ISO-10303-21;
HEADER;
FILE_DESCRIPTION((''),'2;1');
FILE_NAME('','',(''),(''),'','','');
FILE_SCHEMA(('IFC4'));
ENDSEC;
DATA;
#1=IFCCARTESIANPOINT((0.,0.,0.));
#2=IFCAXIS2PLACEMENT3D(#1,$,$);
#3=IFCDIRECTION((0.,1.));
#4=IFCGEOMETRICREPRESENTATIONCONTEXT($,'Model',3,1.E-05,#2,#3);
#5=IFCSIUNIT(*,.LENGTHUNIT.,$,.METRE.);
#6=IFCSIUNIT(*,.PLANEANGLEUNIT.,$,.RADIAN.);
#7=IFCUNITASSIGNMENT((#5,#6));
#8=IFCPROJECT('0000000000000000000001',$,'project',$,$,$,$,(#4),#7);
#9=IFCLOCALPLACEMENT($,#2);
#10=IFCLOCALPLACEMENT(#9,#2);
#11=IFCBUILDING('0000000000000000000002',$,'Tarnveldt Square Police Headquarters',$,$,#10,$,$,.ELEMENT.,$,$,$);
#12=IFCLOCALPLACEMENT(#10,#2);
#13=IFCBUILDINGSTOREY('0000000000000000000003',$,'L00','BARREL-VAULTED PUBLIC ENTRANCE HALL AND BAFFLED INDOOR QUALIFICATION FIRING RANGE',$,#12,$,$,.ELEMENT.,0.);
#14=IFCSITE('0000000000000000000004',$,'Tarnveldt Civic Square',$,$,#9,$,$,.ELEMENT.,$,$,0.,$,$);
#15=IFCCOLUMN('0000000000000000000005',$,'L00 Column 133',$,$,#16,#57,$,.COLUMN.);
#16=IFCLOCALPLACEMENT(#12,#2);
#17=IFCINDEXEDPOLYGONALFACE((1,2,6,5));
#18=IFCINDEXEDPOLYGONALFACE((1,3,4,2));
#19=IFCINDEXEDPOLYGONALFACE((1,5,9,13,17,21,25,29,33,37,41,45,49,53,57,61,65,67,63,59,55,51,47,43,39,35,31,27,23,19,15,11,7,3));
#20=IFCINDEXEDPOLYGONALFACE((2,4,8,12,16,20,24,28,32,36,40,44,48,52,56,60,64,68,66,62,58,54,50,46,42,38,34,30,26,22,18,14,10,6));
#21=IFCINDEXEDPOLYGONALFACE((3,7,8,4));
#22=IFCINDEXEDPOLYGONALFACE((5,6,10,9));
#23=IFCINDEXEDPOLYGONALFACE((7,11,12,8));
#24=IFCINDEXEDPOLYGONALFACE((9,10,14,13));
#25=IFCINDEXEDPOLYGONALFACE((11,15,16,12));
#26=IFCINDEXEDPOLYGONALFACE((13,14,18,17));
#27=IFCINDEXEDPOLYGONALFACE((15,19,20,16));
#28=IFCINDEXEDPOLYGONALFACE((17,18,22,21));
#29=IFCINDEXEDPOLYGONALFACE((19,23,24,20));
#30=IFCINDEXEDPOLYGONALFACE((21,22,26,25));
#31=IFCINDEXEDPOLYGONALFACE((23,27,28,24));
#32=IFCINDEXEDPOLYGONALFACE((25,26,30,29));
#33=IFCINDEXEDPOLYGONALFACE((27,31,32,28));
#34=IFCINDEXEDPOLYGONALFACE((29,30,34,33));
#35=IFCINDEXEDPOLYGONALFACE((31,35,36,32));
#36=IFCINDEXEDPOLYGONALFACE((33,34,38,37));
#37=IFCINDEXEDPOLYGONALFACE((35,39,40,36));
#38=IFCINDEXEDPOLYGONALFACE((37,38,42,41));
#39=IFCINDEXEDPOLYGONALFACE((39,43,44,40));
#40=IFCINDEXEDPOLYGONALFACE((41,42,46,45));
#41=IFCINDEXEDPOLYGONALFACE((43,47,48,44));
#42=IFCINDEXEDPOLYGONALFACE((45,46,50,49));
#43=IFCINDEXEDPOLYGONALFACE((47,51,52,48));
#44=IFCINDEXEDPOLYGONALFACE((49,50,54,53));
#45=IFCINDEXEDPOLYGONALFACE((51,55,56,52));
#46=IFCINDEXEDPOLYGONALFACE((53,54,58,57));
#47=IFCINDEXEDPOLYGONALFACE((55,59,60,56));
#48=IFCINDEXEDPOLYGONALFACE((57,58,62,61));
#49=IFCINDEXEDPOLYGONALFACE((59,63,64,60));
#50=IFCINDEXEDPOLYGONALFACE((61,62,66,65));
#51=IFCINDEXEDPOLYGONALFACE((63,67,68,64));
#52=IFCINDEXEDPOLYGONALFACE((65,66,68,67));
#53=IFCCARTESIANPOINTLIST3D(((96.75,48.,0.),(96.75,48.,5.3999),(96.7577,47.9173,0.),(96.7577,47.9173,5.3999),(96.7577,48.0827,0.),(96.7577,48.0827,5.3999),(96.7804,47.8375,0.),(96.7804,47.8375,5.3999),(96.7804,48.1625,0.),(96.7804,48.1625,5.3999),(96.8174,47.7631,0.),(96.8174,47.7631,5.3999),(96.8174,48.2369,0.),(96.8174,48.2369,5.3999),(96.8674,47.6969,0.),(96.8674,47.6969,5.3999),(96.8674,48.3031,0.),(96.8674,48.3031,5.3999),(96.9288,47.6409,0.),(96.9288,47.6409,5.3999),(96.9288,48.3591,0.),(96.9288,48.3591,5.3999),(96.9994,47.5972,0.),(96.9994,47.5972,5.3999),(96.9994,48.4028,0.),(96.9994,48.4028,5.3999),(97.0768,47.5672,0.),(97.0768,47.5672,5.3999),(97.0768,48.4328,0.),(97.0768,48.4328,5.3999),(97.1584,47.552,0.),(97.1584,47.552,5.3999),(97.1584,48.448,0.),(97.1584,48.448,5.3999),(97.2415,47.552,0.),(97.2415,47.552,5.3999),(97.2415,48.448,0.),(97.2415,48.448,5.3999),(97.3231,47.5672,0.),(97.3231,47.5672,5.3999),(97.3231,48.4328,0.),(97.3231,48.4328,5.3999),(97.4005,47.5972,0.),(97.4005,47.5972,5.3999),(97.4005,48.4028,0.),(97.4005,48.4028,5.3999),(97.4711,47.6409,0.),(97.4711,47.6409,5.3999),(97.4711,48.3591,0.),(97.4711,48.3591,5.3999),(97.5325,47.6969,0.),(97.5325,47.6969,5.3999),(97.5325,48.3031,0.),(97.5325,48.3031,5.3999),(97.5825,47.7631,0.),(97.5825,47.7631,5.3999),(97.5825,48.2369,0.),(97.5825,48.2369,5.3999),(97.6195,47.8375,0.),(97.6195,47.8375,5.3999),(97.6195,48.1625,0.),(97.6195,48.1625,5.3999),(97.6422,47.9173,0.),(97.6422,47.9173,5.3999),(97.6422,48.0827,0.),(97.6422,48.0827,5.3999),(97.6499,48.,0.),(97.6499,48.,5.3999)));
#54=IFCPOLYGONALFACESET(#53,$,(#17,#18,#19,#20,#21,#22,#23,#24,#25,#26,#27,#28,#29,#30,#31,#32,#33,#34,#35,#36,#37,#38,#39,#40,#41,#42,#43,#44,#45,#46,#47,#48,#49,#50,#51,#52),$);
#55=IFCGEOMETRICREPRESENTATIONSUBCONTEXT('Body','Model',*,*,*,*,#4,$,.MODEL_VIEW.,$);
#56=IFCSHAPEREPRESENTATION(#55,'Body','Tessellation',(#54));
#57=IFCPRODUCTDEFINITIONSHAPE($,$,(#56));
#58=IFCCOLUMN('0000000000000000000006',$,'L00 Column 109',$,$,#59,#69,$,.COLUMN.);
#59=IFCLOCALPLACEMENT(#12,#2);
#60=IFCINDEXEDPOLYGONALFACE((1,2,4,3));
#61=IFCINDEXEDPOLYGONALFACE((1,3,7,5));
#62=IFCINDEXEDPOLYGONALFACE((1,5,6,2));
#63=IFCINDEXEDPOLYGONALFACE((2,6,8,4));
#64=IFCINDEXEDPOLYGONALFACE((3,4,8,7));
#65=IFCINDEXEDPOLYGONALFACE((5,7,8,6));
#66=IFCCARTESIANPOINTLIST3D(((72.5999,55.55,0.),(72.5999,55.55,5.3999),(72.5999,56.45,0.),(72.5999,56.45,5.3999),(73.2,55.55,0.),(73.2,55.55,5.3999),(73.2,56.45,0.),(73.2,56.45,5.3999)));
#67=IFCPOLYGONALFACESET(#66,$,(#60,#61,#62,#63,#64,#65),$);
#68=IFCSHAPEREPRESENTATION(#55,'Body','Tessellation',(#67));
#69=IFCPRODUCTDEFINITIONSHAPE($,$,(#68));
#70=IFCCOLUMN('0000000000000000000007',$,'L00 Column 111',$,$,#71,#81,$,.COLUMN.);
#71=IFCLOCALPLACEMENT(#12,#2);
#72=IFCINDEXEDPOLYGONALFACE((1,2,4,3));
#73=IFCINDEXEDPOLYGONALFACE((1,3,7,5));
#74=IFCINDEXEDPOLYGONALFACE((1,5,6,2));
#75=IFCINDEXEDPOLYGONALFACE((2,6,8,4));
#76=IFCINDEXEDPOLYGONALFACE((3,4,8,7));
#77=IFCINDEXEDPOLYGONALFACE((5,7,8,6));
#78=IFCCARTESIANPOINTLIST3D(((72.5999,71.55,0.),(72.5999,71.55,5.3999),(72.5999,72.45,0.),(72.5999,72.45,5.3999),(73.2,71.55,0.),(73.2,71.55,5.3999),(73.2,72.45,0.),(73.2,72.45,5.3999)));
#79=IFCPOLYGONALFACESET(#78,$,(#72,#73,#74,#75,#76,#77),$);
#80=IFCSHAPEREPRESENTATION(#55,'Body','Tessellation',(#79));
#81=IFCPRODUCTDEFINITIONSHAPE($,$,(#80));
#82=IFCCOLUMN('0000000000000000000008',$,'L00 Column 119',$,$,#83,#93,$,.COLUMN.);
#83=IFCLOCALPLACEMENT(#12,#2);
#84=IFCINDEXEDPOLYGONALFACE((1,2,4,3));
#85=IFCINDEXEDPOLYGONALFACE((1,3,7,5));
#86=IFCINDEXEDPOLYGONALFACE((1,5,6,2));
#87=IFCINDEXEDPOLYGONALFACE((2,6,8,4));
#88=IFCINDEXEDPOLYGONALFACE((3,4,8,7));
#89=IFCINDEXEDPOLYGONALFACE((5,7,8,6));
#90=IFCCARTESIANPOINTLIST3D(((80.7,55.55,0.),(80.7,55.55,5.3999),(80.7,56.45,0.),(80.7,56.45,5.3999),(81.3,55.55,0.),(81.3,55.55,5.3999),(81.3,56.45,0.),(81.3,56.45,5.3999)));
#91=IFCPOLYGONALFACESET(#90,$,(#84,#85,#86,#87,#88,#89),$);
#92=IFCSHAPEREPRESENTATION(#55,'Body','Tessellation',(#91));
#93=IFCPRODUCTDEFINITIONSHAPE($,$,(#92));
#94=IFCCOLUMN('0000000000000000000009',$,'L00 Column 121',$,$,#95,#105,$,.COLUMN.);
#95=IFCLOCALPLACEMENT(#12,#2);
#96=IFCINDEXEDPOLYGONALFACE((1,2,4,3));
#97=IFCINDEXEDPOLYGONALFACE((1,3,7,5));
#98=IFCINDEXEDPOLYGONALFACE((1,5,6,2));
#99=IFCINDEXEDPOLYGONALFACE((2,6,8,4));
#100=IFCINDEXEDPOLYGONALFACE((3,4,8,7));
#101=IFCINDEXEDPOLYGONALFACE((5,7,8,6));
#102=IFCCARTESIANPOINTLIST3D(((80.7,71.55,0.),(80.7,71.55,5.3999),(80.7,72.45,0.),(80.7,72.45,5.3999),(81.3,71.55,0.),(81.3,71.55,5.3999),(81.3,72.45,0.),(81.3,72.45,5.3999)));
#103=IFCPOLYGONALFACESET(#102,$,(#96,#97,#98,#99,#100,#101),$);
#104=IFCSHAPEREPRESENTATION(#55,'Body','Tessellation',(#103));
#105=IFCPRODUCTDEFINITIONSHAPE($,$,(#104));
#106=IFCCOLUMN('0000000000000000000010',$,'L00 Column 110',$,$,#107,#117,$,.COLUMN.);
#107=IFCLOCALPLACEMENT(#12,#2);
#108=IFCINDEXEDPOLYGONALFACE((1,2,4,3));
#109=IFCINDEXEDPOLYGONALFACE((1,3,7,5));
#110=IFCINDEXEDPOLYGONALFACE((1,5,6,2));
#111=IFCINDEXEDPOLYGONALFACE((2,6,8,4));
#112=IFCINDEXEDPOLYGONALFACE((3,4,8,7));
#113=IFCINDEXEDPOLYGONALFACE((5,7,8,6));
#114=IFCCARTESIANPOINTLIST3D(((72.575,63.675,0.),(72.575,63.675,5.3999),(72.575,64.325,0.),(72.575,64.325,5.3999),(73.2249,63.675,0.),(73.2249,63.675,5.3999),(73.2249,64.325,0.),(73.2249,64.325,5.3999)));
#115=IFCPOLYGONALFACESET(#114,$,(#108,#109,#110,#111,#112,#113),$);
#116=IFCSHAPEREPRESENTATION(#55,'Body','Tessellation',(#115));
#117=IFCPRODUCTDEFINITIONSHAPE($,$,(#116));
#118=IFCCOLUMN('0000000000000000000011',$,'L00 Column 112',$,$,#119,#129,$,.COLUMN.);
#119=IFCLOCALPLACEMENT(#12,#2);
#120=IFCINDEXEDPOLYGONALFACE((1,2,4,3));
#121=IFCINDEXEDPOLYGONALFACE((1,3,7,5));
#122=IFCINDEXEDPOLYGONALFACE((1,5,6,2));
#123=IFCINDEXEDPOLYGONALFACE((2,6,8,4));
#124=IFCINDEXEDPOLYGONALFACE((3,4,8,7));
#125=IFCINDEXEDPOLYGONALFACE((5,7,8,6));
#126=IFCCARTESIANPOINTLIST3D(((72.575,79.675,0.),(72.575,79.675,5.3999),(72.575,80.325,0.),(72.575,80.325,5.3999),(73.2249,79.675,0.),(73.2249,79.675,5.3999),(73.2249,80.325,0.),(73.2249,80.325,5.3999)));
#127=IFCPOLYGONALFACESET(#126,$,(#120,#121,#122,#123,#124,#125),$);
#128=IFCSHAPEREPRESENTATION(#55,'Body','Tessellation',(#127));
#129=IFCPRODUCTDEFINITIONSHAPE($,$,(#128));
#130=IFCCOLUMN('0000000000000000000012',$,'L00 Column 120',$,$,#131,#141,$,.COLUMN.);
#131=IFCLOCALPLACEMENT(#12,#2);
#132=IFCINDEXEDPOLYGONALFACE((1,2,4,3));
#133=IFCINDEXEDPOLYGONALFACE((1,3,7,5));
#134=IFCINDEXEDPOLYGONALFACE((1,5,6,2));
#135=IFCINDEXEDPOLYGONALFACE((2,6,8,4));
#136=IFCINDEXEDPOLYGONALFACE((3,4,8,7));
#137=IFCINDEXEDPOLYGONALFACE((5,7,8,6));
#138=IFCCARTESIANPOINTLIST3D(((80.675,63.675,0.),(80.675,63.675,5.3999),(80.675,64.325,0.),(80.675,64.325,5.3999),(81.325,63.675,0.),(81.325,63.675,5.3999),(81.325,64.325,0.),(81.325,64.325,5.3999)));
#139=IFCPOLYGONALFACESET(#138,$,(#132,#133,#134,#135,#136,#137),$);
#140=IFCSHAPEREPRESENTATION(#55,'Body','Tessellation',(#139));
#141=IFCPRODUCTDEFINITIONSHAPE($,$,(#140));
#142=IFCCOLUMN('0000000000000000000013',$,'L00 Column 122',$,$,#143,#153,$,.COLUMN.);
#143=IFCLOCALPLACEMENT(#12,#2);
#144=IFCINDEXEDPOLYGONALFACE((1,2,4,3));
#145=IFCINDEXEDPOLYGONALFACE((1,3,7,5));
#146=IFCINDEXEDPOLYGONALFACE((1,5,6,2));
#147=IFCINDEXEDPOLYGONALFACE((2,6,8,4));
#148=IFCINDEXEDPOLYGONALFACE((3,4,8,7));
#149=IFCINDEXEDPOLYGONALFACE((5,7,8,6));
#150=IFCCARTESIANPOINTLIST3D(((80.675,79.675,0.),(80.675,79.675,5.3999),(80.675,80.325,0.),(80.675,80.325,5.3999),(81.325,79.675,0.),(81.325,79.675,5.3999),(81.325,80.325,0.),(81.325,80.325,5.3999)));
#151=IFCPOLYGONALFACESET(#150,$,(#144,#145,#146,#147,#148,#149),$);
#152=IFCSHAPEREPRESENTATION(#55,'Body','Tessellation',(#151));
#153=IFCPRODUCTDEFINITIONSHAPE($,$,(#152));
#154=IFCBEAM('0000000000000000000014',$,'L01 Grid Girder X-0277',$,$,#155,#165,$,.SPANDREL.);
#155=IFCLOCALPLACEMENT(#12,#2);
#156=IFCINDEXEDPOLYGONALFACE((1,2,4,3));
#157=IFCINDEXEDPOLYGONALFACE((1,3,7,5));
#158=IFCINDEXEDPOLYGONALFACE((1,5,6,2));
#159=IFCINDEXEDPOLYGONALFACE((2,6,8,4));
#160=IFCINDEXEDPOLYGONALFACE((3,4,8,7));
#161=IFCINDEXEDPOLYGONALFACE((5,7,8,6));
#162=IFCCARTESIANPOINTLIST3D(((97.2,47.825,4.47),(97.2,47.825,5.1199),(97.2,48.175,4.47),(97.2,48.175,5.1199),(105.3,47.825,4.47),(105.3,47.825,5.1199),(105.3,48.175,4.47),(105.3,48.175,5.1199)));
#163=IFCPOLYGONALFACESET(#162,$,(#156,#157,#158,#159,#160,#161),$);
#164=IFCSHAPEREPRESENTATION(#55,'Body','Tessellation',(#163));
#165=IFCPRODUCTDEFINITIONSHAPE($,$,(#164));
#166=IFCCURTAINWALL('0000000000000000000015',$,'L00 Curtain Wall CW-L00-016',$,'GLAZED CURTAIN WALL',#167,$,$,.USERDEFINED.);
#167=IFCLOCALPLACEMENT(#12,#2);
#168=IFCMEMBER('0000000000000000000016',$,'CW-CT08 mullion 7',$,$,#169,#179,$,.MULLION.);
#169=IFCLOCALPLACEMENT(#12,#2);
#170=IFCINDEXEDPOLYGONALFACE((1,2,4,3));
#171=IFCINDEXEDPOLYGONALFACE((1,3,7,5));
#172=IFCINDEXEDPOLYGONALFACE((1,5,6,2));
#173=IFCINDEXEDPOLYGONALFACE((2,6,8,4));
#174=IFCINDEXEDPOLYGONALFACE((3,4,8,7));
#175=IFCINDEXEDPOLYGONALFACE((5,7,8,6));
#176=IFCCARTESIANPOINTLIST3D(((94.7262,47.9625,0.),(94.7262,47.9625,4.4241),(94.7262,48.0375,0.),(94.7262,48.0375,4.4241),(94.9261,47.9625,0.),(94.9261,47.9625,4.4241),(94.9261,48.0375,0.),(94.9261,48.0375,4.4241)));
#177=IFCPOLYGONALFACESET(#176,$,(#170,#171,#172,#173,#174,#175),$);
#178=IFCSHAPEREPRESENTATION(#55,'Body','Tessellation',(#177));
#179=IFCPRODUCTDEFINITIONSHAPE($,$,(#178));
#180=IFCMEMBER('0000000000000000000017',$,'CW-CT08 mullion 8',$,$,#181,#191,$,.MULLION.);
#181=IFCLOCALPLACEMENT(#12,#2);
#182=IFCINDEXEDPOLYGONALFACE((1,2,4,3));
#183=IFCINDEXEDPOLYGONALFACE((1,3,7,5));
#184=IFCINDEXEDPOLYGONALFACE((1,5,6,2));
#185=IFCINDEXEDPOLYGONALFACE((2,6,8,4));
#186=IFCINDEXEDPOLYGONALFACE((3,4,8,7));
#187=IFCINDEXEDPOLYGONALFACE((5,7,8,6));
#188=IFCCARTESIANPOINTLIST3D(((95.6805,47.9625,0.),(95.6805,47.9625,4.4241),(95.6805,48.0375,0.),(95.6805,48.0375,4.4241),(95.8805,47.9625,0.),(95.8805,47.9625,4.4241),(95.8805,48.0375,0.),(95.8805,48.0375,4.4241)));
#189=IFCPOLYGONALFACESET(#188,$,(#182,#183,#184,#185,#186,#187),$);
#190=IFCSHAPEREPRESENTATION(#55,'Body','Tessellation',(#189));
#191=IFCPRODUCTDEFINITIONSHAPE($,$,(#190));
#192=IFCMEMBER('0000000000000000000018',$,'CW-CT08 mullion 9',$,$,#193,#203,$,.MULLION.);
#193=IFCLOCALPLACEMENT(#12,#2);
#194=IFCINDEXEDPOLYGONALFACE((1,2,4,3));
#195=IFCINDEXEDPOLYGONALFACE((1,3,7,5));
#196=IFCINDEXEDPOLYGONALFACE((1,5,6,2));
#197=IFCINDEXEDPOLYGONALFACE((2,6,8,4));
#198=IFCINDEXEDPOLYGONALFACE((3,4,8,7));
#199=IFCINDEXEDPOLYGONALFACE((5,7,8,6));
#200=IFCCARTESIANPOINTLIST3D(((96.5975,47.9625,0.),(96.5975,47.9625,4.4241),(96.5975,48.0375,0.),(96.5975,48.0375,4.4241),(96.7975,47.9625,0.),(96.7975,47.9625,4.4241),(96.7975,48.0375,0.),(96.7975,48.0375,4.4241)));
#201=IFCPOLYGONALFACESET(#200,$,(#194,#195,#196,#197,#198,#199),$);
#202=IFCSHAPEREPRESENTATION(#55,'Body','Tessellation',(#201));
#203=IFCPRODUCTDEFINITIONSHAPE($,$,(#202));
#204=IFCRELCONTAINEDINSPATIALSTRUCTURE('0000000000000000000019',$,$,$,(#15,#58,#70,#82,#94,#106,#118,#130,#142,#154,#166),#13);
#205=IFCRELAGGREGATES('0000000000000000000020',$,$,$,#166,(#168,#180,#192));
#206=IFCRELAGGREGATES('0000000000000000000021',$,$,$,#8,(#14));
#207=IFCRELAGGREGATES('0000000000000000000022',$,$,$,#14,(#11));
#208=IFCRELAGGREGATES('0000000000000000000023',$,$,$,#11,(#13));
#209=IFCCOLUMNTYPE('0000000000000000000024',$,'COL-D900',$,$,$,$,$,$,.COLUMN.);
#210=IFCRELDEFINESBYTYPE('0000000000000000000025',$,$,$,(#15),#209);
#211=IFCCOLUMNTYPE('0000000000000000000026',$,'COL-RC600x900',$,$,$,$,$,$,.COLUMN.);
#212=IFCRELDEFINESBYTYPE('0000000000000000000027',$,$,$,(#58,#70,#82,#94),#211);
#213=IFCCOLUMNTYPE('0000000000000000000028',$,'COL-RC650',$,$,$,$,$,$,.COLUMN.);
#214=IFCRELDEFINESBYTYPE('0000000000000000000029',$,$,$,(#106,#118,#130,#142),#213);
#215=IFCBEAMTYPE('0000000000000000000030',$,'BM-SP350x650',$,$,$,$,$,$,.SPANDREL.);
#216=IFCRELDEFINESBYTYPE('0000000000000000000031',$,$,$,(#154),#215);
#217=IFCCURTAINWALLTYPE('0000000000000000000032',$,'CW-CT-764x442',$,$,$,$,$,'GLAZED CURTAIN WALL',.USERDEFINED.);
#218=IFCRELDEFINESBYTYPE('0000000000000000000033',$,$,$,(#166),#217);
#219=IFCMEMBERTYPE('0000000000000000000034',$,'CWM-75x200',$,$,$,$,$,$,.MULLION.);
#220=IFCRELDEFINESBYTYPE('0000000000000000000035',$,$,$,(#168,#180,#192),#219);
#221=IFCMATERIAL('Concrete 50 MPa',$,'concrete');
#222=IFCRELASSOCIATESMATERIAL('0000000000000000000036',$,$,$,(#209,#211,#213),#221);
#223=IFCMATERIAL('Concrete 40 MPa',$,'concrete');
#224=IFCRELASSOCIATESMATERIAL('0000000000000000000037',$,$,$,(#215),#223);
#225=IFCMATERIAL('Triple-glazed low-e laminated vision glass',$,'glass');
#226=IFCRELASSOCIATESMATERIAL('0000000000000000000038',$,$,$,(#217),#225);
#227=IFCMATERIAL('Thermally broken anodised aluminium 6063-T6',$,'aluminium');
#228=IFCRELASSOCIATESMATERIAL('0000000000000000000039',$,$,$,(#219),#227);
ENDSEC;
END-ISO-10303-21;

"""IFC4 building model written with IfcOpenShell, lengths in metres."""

from ifc_helpers import new_model, si_unit, direction, frame, origin, origin_2d, place, context, subcontext, project, spatial, rectangle, circle, extrude, material, material_profile, profile_set, type_object, element, aggregate, save


model = new_model("IFC4")

# Units and contexts
model_context = context("Model", 3, precision=1e-05, world=origin(), true_north=direction((0.0, 1.0)))
body_context = subcontext(model_context, "Body", "Model", "MODEL_VIEW")
ifc_project = project(units=[si_unit("LENGTHUNIT", "METRE"), si_unit("PLANEANGLEUNIT", "RADIAN")], contexts=[model_context])

# Site, building, storey
site_placement = place(None, origin())
site = spatial("IfcSite", under=ifc_project, at=site_placement, Name="Tarnveldt Civic Square", CompositionType="ELEMENT", RefElevation=0.0)
building_placement = place(site_placement, origin())
building = spatial("IfcBuilding", under=site, at=building_placement, Name="Tarnveldt Square Police Headquarters", CompositionType="ELEMENT")
storey_placement = place(building_placement, origin())
storey = spatial("IfcBuildingStorey", under=building, at=storey_placement, Name="L00", Description="BARREL-VAULTED PUBLIC ENTRANCE HALL AND BAFFLED INDOOR QUALIFICATION FIRING RANGE", CompositionType="ELEMENT", Elevation=0.0)

# Columns
ifc_material_1 = material(Name="Concrete 50 MPa", Category="concrete")
ifc_material_profile_1 = material_profile(ifc_material_1, circle(Radius=0.45, at=origin_2d()), Name="RC-D900")
ifc_profile_set_1 = profile_set([ifc_material_profile_1], Name="Concrete 50 MPa")
column_type_1 = type_object("IfcColumnType", Name="COL-D900", PredefinedType="COLUMN", material=ifc_profile_set_1)
column_placement = place(storey_placement, frame((97.2, 48.0, 0.0), z_axis=(0.0, 0.0, 1.0), x_axis=(1.0, 0.0, 0.0)))
element("IfcColumn", 1, at=column_placement, inside=storey, type_object=column_type_1, Name="L00 Column 133", PredefinedType="COLUMN", context=body_context, shape_type="SweptSolid", body=[
    extrude(circle(Radius=0.45, at=origin_2d()), origin(), (0.0, 0.0, 1.0), 5.3999),
])
ifc_material_profile_2 = material_profile(ifc_material_1, rectangle(XDim=0.6001, YDim=0.8999, at=origin_2d()), Name="RC-C600x900")
ifc_profile_set_2 = profile_set([ifc_material_profile_2], Name="Concrete 50 MPa")
column_type_2 = type_object("IfcColumnType", Name="COL-RC600x900", PredefinedType="COLUMN", material=ifc_profile_set_2)
for number, where, z_axis, x_axis, name in (
    (2, (72.8999, 56.0, 0.0), (0.0, 0.0, 1.0), (1.0, 0.0, 0.0), "L00 Column 109"),
    (3, (72.8999, 72.0, 0.0), (0.0, 0.0, 1.0), (1.0, 0.0, 0.0), "L00 Column 111"),
    (4, (81.0, 56.0, 0.0), (0.0, 0.0, 1.0), (1.0, 0.0, 0.0), "L00 Column 119"),
    (5, (81.0, 72.0, 0.0), (0.0, 0.0, 1.0), (1.0, 0.0, 0.0), "L00 Column 121"),
):
    element("IfcColumn", number, at=place(storey_placement, frame(where, z_axis=z_axis, x_axis=x_axis)), inside=storey, type_object=column_type_2, Name=name, PredefinedType="COLUMN", context=body_context, shape_type="SweptSolid", body=[
        extrude(rectangle(XDim=0.6001, YDim=0.8999, at=origin_2d()), origin(), (0.0, 0.0, 1.0), 5.3999),
    ])
ifc_material_profile_3 = material_profile(ifc_material_1, rectangle(XDim=0.6499, YDim=0.6499, at=origin_2d()), Name="RC-C650x650")
ifc_profile_set_3 = profile_set([ifc_material_profile_3], Name="Concrete 50 MPa")
column_type_3 = type_object("IfcColumnType", Name="COL-RC650", PredefinedType="COLUMN", material=ifc_profile_set_3)
for number, where, z_axis, x_axis, name in (
    (6, (72.8999, 64.0, 0.0), (0.0, 0.0, 1.0), (1.0, 0.0, 0.0), "L00 Column 110"),
    (7, (72.8999, 80.0, 0.0), (0.0, 0.0, 1.0), (1.0, 0.0, 0.0), "L00 Column 112"),
    (8, (81.0, 64.0, 0.0), (0.0, 0.0, 1.0), (1.0, 0.0, 0.0), "L00 Column 120"),
    (9, (81.0, 80.0, 0.0), (0.0, 0.0, 1.0), (1.0, 0.0, 0.0), "L00 Column 122"),
):
    element("IfcColumn", number, at=place(storey_placement, frame(where, z_axis=z_axis, x_axis=x_axis)), inside=storey, type_object=column_type_3, Name=name, PredefinedType="COLUMN", context=body_context, shape_type="SweptSolid", body=[
        extrude(rectangle(XDim=0.6499, YDim=0.6499, at=origin_2d()), origin(), (0.0, 0.0, 1.0), 5.3999),
    ])

# Beam
ifc_material_2 = material(Name="Concrete 40 MPa", Category="concrete")
ifc_material_profile_4 = material_profile(ifc_material_2, rectangle(XDim=0.3501, YDim=0.6499, at=origin_2d()), Name="RC-SP350x650")
ifc_profile_set_4 = profile_set([ifc_material_profile_4], Name="Concrete 40 MPa")
beam_type = type_object("IfcBeamType", Name="BM-SP350x650", PredefinedType="SPANDREL", material=ifc_profile_set_4)
beam_placement = place(storey_placement, frame((97.2, 48.0, 4.7949), z_axis=(1.0, 0.0, 0.0), x_axis=(0.0, 1.0, 0.0)))
element("IfcBeam", 10, at=beam_placement, inside=storey, type_object=beam_type, Name="L01 Grid Girder X-0277", PredefinedType="SPANDREL", context=body_context, shape_type="SweptSolid", body=[
    extrude(rectangle(XDim=0.3501, YDim=0.6499, at=origin_2d()), origin(), (0.0, 0.0, 1.0), 8.1001),
])

# Curtain wall, members
ifc_material_3 = material(Name="Triple-glazed low-e laminated vision glass", Category="glass")
curtain_wall_type = type_object("IfcCurtainWallType", Name="CW-CT-764x442", ElementType="GLAZED CURTAIN WALL", PredefinedType="USERDEFINED", material=ifc_material_3)
curtain_wall_placement = place(storey_placement, origin())
curtain_wall = element("IfcCurtainWall", 11, at=curtain_wall_placement, inside=storey, type_object=curtain_wall_type, Name="L00 Curtain Wall CW-L00-016", ObjectType="GLAZED CURTAIN WALL", PredefinedType="USERDEFINED")
ifc_material_4 = material(Name="Thermally broken anodised aluminium 6063-T6", Category="aluminium")
ifc_material_profile_5 = material_profile(ifc_material_4, rectangle(XDim=0.075, YDim=0.2, at=origin_2d()), Name="CW-M75x200")
ifc_profile_set_5 = profile_set([ifc_material_profile_5], Name="Thermally broken anodised aluminium 6063-T6")
member_type_1 = type_object("IfcMemberType", Name="CWM-75x200", PredefinedType="MULLION", material=ifc_profile_set_5)
member_1_placement = place(storey_placement, frame((94.8262, 48.0, 0.0), z_axis=(0.0, 0.0, 1.0), x_axis=(0.0, 1.0, 0.0)))
member_1 = element("IfcMember", 12, at=member_1_placement, type_object=member_type_1, Name="CW-CT08 mullion 7", PredefinedType="MULLION", context=body_context, shape_type="SweptSolid", body=[
    extrude(rectangle(XDim=0.075, YDim=0.2, at=origin_2d()), origin(), (0.0, 0.0, 1.0), 4.4241),
])
member_2_placement = place(storey_placement, frame((95.7805, 48.0, 0.0), z_axis=(0.0, 0.0, 1.0), x_axis=(0.0, 1.0, 0.0)))
member_2 = element("IfcMember", 13, at=member_2_placement, type_object=member_type_1, Name="CW-CT08 mullion 8", PredefinedType="MULLION", context=body_context, shape_type="SweptSolid", body=[
    extrude(rectangle(XDim=0.075, YDim=0.2, at=origin_2d()), origin(), (0.0, 0.0, 1.0), 4.4241),
])
member_3_placement = place(storey_placement, frame((96.6975, 48.0, 0.0), z_axis=(0.0, 0.0, 1.0), x_axis=(0.0, 1.0, 0.0)))
member_3 = element("IfcMember", 14, at=member_3_placement, type_object=member_type_1, Name="CW-CT08 mullion 9", PredefinedType="MULLION", context=body_context, shape_type="SweptSolid", body=[
    extrude(rectangle(XDim=0.075, YDim=0.2, at=origin_2d()), origin(), (0.0, 0.0, 1.0), 4.4241),
])
aggregate(curtain_wall, [member_1, member_2, member_3])

save(model, "model.ifc")
